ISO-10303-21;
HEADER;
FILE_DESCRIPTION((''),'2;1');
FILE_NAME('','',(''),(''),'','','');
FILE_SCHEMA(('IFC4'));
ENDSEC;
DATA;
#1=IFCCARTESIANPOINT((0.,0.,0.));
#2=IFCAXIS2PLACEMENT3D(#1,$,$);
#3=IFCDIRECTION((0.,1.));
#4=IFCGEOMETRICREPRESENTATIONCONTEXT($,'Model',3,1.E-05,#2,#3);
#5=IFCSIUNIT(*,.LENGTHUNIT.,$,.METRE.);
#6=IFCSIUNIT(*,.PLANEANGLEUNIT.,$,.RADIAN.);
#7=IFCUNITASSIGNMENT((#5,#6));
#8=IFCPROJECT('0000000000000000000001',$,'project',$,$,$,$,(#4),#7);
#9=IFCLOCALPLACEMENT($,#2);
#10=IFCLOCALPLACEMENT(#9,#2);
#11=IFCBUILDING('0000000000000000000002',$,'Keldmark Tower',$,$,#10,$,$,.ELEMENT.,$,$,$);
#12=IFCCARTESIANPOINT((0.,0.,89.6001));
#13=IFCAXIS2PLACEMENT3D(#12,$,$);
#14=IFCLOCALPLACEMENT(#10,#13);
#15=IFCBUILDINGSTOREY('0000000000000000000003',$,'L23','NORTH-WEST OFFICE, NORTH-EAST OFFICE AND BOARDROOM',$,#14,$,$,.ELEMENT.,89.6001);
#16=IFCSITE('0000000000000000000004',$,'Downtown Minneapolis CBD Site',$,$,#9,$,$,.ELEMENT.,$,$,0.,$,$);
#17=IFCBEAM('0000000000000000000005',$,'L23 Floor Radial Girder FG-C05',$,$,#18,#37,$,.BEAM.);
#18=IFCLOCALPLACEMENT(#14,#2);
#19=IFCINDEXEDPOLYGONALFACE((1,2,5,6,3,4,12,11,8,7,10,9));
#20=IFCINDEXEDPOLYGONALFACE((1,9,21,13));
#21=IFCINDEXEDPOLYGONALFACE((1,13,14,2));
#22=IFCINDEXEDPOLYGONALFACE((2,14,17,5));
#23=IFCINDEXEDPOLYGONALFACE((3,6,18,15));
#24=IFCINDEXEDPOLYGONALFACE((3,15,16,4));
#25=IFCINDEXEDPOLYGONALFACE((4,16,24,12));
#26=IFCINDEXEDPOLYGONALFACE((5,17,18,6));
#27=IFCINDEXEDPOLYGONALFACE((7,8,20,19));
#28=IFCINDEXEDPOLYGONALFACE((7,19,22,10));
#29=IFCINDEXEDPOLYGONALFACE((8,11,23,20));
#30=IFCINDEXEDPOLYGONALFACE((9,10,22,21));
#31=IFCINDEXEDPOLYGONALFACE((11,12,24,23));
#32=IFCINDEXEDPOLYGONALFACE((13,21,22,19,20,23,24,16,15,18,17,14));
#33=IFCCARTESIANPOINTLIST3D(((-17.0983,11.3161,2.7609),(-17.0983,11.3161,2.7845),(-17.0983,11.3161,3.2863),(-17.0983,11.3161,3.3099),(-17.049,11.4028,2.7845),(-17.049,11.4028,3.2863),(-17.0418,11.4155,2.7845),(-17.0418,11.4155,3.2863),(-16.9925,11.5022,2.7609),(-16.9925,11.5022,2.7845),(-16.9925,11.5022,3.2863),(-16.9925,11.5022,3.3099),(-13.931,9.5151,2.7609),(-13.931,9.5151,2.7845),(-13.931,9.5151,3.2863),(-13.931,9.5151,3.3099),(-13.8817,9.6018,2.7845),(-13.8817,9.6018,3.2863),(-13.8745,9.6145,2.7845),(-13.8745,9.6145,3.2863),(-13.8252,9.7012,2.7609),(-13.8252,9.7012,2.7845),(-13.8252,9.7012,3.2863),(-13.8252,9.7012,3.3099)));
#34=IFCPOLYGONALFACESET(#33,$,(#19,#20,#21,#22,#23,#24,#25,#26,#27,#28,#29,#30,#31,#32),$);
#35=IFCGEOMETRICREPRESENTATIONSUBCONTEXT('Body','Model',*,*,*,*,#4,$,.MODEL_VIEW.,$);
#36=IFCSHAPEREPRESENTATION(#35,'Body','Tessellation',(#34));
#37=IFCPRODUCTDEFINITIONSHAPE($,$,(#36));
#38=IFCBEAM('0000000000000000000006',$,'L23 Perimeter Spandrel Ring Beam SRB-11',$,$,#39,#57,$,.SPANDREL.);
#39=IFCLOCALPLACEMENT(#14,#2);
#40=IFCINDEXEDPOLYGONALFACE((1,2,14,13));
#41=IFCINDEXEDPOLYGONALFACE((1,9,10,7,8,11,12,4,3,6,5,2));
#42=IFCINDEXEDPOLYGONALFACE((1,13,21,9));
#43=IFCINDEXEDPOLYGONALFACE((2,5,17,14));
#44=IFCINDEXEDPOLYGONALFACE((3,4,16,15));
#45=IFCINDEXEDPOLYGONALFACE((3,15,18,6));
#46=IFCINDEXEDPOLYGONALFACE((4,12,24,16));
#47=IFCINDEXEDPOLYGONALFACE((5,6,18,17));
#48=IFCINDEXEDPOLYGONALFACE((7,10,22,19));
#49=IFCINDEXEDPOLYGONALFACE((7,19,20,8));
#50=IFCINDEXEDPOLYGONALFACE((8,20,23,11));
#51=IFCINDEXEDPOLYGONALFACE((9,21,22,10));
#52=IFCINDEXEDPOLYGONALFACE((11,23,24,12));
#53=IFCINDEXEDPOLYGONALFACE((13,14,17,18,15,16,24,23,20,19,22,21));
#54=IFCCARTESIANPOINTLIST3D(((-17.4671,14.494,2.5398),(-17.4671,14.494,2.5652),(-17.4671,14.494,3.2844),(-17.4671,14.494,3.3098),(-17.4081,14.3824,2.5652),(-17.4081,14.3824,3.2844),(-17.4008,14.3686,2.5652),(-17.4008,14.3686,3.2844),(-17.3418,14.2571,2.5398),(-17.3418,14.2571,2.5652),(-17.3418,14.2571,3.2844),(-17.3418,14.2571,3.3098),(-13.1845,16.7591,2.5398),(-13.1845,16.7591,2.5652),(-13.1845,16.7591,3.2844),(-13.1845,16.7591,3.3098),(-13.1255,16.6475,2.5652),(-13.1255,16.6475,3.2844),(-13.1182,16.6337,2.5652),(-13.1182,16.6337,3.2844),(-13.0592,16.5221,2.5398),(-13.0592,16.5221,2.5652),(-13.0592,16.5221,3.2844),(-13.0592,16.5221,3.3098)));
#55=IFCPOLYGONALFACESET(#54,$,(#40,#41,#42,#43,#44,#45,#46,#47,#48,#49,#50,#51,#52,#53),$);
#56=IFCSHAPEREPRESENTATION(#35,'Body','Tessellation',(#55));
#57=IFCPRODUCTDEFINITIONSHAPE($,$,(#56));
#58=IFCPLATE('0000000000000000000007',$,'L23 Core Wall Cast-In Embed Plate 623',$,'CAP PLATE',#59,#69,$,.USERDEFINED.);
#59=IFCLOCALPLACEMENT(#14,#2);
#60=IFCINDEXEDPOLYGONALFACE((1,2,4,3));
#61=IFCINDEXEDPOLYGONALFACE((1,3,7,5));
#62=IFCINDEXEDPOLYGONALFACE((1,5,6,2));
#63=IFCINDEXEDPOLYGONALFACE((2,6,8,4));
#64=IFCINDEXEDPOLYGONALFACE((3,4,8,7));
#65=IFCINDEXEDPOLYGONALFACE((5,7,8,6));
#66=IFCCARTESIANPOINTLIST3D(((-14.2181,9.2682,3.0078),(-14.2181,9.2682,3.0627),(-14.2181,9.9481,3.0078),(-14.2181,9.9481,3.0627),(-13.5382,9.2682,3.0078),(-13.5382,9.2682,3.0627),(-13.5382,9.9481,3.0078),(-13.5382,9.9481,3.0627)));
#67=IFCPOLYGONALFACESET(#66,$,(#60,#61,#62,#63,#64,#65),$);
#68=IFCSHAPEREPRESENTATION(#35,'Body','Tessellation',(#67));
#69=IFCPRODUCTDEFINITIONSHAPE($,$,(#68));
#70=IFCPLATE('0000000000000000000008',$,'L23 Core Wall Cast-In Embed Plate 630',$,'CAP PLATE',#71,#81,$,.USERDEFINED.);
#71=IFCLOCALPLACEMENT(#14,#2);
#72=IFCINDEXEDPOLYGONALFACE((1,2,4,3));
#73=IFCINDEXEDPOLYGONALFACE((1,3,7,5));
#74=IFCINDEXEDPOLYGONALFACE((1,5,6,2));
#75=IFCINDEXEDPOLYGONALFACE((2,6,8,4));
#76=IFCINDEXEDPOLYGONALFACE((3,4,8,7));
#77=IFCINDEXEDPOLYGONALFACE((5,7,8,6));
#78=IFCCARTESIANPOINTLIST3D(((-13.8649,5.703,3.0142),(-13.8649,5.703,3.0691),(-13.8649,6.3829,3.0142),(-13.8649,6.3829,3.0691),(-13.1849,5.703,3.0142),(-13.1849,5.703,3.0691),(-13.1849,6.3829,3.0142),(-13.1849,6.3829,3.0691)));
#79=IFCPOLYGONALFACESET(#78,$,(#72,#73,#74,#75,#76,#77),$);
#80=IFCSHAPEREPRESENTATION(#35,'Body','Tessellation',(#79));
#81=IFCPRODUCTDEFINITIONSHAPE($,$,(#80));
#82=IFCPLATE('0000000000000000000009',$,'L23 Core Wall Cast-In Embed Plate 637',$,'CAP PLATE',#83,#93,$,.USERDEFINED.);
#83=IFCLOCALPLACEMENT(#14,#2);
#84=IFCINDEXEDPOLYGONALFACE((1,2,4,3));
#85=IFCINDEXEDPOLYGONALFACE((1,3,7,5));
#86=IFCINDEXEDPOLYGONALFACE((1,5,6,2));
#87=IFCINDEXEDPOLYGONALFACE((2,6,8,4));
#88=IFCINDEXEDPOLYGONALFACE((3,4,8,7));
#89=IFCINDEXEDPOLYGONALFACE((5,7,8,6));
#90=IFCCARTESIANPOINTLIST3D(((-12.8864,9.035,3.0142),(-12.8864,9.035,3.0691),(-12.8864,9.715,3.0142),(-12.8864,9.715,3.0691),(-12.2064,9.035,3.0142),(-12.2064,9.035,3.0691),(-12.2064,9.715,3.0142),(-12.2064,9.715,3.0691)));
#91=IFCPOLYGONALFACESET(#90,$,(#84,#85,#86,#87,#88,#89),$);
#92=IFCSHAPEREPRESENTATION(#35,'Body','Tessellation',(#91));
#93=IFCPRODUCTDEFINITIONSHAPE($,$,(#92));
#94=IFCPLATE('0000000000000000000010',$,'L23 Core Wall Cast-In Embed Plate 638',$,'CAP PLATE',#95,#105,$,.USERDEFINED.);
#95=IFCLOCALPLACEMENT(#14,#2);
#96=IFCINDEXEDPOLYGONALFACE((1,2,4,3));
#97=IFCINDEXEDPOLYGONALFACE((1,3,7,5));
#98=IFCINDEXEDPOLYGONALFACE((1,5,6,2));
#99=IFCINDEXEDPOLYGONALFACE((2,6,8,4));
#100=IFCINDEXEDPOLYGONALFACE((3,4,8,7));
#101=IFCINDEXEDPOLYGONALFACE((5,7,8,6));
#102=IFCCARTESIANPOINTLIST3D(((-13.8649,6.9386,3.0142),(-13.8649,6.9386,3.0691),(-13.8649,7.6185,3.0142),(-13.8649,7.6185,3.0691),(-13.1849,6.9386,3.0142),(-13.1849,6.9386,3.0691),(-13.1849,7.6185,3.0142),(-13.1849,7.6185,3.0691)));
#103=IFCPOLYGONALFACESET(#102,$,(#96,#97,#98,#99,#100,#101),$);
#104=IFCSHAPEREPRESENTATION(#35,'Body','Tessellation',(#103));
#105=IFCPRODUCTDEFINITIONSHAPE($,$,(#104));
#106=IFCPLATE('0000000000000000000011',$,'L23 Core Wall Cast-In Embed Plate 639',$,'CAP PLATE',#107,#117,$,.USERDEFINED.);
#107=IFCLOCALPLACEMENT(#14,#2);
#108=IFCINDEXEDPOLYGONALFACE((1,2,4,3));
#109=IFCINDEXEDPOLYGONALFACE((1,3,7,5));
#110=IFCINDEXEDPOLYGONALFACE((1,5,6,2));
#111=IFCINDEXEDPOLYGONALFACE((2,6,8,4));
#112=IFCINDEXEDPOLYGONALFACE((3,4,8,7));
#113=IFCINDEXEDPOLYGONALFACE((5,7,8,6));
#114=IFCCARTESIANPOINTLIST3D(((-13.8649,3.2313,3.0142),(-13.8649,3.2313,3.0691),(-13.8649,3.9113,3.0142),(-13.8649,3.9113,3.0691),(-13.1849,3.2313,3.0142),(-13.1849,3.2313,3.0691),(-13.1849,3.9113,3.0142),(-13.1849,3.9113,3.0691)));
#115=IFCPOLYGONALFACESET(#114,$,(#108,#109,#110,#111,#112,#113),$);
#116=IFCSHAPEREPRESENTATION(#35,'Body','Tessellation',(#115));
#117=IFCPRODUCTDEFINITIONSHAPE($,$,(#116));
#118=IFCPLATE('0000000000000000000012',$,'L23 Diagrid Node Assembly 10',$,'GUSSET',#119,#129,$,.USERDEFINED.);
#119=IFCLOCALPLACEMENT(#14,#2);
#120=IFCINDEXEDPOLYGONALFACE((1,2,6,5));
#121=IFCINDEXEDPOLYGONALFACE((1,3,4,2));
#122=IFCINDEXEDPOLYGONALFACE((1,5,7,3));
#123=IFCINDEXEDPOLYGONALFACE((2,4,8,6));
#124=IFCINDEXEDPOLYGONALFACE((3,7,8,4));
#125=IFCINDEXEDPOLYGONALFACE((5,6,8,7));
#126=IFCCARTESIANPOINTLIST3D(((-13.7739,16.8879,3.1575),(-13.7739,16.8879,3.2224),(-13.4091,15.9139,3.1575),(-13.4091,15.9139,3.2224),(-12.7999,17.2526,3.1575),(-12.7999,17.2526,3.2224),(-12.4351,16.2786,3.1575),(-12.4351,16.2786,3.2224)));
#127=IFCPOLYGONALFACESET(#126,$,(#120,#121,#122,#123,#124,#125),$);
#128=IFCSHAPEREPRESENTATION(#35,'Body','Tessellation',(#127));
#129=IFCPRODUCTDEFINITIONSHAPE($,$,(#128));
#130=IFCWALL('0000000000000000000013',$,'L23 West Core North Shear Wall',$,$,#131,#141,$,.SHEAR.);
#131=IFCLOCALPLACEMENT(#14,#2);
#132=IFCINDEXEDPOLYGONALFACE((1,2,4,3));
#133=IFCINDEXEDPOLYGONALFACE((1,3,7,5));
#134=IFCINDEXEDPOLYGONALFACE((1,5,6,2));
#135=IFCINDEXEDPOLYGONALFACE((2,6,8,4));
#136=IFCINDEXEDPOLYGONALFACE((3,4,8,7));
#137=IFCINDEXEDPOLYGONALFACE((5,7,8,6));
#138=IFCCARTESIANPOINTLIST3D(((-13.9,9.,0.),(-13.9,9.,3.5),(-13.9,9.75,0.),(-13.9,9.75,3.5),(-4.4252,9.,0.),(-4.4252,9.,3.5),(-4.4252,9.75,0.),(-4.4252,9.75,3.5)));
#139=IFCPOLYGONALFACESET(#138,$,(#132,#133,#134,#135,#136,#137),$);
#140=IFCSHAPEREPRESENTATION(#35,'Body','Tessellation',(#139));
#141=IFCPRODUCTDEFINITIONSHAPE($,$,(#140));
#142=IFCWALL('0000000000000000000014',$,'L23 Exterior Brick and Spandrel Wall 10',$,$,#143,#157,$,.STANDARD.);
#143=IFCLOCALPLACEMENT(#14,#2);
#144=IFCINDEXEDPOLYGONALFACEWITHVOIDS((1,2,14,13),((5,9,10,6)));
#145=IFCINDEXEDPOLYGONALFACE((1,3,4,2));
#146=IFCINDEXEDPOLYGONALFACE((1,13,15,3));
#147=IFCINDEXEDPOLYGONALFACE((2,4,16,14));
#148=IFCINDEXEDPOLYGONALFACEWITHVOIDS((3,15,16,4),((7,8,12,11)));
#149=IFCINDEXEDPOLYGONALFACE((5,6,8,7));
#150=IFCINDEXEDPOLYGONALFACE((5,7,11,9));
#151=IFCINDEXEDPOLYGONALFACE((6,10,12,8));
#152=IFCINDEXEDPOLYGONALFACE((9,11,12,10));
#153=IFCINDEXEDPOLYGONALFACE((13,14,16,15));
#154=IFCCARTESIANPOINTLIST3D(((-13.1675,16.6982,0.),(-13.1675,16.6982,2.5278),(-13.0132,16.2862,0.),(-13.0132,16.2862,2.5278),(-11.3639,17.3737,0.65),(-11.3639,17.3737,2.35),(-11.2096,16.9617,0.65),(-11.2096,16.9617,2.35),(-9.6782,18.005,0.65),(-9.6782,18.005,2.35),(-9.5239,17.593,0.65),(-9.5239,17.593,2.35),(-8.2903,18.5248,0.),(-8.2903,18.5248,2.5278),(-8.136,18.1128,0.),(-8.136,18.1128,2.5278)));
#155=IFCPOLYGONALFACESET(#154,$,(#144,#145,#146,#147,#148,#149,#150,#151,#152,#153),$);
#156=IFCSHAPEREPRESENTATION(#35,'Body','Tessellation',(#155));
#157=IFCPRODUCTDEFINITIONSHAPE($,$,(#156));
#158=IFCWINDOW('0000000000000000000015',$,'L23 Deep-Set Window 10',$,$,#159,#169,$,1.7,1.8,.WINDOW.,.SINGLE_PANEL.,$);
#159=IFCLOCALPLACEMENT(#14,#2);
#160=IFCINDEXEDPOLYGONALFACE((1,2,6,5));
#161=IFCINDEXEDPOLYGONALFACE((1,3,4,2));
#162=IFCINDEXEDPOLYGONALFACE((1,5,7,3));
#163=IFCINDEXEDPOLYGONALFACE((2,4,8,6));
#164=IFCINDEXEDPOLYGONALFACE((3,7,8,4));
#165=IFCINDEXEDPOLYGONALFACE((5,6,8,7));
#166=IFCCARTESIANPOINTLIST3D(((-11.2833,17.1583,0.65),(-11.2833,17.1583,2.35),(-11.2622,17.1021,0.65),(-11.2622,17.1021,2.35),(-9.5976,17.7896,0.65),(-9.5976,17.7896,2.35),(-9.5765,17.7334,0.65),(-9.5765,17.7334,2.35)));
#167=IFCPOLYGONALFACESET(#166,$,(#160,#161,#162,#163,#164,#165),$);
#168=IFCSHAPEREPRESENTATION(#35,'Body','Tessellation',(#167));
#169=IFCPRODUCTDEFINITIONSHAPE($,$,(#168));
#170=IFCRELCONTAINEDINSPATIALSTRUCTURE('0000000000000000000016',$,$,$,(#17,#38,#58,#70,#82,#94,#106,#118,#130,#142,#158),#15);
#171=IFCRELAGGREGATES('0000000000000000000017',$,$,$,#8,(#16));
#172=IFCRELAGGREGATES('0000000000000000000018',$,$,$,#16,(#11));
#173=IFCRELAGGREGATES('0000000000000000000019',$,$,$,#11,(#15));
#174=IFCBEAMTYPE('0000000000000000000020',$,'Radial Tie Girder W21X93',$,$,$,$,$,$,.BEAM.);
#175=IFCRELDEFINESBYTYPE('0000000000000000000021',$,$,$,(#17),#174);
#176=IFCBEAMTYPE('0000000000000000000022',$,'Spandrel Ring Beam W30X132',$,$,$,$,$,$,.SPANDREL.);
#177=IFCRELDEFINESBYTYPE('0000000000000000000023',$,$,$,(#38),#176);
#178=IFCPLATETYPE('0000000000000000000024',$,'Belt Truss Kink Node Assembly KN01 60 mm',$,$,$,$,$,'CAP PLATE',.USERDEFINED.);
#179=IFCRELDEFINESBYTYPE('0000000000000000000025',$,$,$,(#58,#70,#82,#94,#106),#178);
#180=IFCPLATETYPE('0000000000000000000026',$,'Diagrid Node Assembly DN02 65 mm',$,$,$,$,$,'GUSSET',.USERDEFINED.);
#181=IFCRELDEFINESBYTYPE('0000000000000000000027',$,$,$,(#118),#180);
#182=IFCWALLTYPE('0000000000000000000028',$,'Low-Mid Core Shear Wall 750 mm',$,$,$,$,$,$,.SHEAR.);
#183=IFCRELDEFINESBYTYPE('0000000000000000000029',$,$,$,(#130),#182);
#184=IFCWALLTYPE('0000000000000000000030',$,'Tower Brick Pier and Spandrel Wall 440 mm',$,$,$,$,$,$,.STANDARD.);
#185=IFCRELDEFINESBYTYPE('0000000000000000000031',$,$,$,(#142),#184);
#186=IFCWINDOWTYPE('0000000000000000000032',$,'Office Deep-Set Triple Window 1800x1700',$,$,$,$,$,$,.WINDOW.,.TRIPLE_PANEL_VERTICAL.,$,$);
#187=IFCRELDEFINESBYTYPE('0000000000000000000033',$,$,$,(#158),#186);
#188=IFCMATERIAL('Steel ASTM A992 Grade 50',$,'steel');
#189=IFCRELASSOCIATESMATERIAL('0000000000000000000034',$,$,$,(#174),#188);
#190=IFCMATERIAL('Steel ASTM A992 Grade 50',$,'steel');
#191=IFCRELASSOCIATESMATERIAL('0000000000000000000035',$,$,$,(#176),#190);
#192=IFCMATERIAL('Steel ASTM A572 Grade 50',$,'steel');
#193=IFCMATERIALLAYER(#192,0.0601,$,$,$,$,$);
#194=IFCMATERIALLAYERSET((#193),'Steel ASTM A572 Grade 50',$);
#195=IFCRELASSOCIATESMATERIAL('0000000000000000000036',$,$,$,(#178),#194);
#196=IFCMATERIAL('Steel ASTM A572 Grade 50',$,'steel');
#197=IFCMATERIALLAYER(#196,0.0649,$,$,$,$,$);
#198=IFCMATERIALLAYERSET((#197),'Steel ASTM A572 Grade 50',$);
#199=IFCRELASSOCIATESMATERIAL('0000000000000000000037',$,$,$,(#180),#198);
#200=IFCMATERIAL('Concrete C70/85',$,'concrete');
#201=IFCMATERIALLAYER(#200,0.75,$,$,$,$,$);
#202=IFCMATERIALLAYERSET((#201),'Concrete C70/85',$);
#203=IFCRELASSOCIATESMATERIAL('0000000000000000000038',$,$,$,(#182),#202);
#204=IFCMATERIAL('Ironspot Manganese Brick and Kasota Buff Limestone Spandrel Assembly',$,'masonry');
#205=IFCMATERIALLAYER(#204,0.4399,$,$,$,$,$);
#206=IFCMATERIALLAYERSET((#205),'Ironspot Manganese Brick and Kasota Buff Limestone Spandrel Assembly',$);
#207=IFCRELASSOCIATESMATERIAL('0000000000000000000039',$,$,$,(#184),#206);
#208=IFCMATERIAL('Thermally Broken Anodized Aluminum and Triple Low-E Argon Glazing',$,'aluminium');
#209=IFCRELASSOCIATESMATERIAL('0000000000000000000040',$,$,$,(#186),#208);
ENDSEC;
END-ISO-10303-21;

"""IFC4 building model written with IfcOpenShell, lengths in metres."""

from ifc_helpers import new_model, si_unit, direction, frame, frame_2d, origin, origin_2d, place, context, subcontext, project, spatial, rectangle, i_section, extrude, material, layer, layer_set, material_profile, profile_set, type_object, element, fill, save


model = new_model("IFC4")

# Units and contexts
model_context = context("Model", 3, precision=1e-05, world=origin(), true_north=direction((0.0, 1.0)))
body_context = subcontext(model_context, "Body", "Model", "MODEL_VIEW")
ifc_project = project(units=[si_unit("LENGTHUNIT", "METRE"), si_unit("PLANEANGLEUNIT", "RADIAN")], contexts=[model_context])

# Site, building, storey
site_placement = place(None, origin())
site = spatial("IfcSite", under=ifc_project, at=site_placement, Name="Downtown Minneapolis CBD Site", CompositionType="ELEMENT", RefElevation=0.0)
building_placement = place(site_placement, origin())
building = spatial("IfcBuilding", under=site, at=building_placement, Name="Keldmark Tower", CompositionType="ELEMENT")
storey_placement = place(building_placement, frame((0.0, 0.0, 89.6001)))
storey = spatial("IfcBuildingStorey", under=building, at=storey_placement, Name="L23", Description="NORTH-WEST OFFICE, NORTH-EAST OFFICE AND BOARDROOM", CompositionType="ELEMENT", Elevation=89.6001)

# Beams
ifc_material_1 = material(Name="Steel ASTM A992 Grade 50", Category="steel")
ifc_material_profile_1 = material_profile(ifc_material_1, i_section(OverallWidth=0.2141, OverallDepth=0.5491, WebThickness=0.0146, FlangeThickness=0.0237, at=origin_2d()), Name="W21X93")
ifc_profile_set_1 = profile_set([ifc_material_profile_1], Name="Steel ASTM A992 Grade 50")
beam_type_1 = type_object("IfcBeamType", Name="Radial Tie Girder W21X93", PredefinedType="BEAM", material=ifc_profile_set_1)
beam_1_placement = place(storey_placement, frame((-17.0454, 11.4092, 3.0354), z_axis=(0.869284, -0.494312, 0.0), x_axis=(0.494312, 0.869284, 0.0)))
element("IfcBeam", 1, at=beam_1_placement, inside=storey, type_object=beam_type_1, Name="L23 Floor Radial Girder FG-C05", PredefinedType="BEAM", context=body_context, shape_type="SweptSolid", body=[
    extrude(i_section(OverallWidth=0.2141, OverallDepth=0.5491, WebThickness=0.0146, FlangeThickness=0.0237, at=origin_2d()), origin(), (0.0, 0.0, 1.0), 3.6436),
])
ifc_material_2 = material(Name="Steel ASTM A992 Grade 50", Category="steel")
ifc_material_profile_2 = material_profile(ifc_material_2, i_section(OverallWidth=0.2681, OverallDepth=0.77, WebThickness=0.0156, FlangeThickness=0.0254, at=origin_2d()), Name="W30X132")
ifc_profile_set_2 = profile_set([ifc_material_profile_2], Name="Steel ASTM A992 Grade 50")
beam_type_2 = type_object("IfcBeamType", Name="Spandrel Ring Beam W30X132", PredefinedType="SPANDREL", material=ifc_profile_set_2)
beam_2_placement = place(storey_placement, frame((-13.1218, 16.6406, 2.9248), z_axis=(-0.883974, -0.467536, 0.0), x_axis=(0.467536, -0.883974, 0.0)))
element("IfcBeam", 2, at=beam_2_placement, inside=storey, type_object=beam_type_2, Name="L23 Perimeter Spandrel Ring Beam SRB-11", PredefinedType="SPANDREL", context=body_context, shape_type="SweptSolid", body=[
    extrude(i_section(OverallWidth=0.2681, OverallDepth=0.77, WebThickness=0.0156, FlangeThickness=0.0254, at=origin_2d()), origin(), (0.0, 0.0, 1.0), 4.8447),
])

# Plates
ifc_material_3 = material(Name="Steel ASTM A572 Grade 50", Category="steel")
ifc_layer_1 = layer(ifc_material_3, 0.0601)
ifc_layer_set_1 = layer_set([ifc_layer_1], Name="Steel ASTM A572 Grade 50")
plate_type_1 = type_object("IfcPlateType", Name="Belt Truss Kink Node Assembly KN01 60 mm", ElementType="CAP PLATE", PredefinedType="USERDEFINED", material=ifc_layer_set_1)
for number, where, z_axis, x_axis, name in (
    (3, (-13.8782, 9.6082, 3.0078), (0.0, 0.0, 1.0), (1.0, 0.0, 0.0), "L23 Core Wall Cast-In Embed Plate 623"),
    (4, (-13.5249, 6.043, 3.0142), (0.0, 0.0, 1.0), (1.0, 0.0, 0.0), "L23 Core Wall Cast-In Embed Plate 630"),
    (5, (-12.5464, 9.375, 3.0142), (0.0, 0.0, 1.0), (1.0, 0.0, 0.0), "L23 Core Wall Cast-In Embed Plate 637"),
    (6, (-13.5249, 7.2786, 3.0142), (0.0, 0.0, 1.0), (1.0, 0.0, 0.0), "L23 Core Wall Cast-In Embed Plate 638"),
    (7, (-13.5249, 3.5713, 3.0142), (0.0, 0.0, 1.0), (1.0, 0.0, 0.0), "L23 Core Wall Cast-In Embed Plate 639"),
):
    element("IfcPlate", number, at=place(storey_placement, frame(where, z_axis=z_axis, x_axis=x_axis)), inside=storey, type_object=plate_type_1, Name=name, ObjectType="CAP PLATE", PredefinedType="USERDEFINED", context=body_context, shape_type="SweptSolid", body=[
        extrude(rectangle(XDim=0.6799, YDim=0.6799, at=origin_2d()), origin(), (0.0, 0.0, 1.0), 0.0549),
    ])
ifc_material_4 = material(Name="Steel ASTM A572 Grade 50", Category="steel")
ifc_layer_2 = layer(ifc_material_4, 0.0649)
ifc_layer_set_2 = layer_set([ifc_layer_2], Name="Steel ASTM A572 Grade 50")
plate_type_2 = type_object("IfcPlateType", Name="Diagrid Node Assembly DN02 65 mm", ElementType="GUSSET", PredefinedType="USERDEFINED", material=ifc_layer_set_2)
plate_placement = place(storey_placement, frame((-13.1045, 16.5833, 3.1575), z_axis=(0.0, 0.0, 1.0), x_axis=(-0.936489, -0.350698, 0.0)))
element("IfcPlate", 8, at=plate_placement, inside=storey, type_object=plate_type_2, Name="L23 Diagrid Node Assembly 10", ObjectType="GUSSET", PredefinedType="USERDEFINED", context=body_context, shape_type="SweptSolid", body=[
    extrude(rectangle(XDim=1.04, YDim=1.04, at=origin_2d()), origin(), (0.0, 0.0, 1.0), 0.0649),
])

# Wall
ifc_material_5 = material(Name="Concrete C70/85", Category="concrete")
ifc_layer_3 = layer(ifc_material_5, 0.75)
ifc_layer_set_3 = layer_set([ifc_layer_3], Name="Concrete C70/85")
wall_type_1 = type_object("IfcWallType", Name="Low-Mid Core Shear Wall 750 mm", PredefinedType="SHEAR", material=ifc_layer_set_3)
wall_1_placement = place(storey_placement, frame((-13.8999, 9.375, 0.0), z_axis=(0.0, 0.0, 1.0), x_axis=(1.0, 0.0, 0.0)))
element("IfcWall", 9, at=wall_1_placement, inside=storey, type_object=wall_type_1, Name="L23 West Core North Shear Wall", PredefinedType="SHEAR", context=body_context, shape_type="SweptSolid", body=[
    extrude(rectangle(XDim=9.4749, YDim=0.75, at=frame_2d((4.7373, 0.0))), origin(), (0.0, 0.0, 1.0), 3.5),
])

# Wall, opening, window
ifc_material_6 = material(Name="Ironspot Manganese Brick and Kasota Buff Limestone Spandrel Assembly", Category="masonry")
ifc_layer_4 = layer(ifc_material_6, 0.4399)
ifc_layer_set_4 = layer_set([ifc_layer_4], Name="Ironspot Manganese Brick and Kasota Buff Limestone Spandrel Assembly")
wall_type_2 = type_object("IfcWallType", Name="Tower Brick Pier and Spandrel Wall 440 mm", PredefinedType="STANDARD", material=ifc_layer_set_4)
wall_2_placement = place(storey_placement, frame((-13.0903, 16.4922, 0.0), z_axis=(0.0, 0.0, 1.0), x_axis=(0.936474, 0.350738, 0.0)))
wall_2 = element("IfcWall", 10, at=wall_2_placement, inside=storey, type_object=wall_type_2, Name="L23 Exterior Brick and Spandrel Wall 10", PredefinedType="STANDARD", context=body_context, shape_type="SweptSolid", body=[
    extrude(rectangle(XDim=5.208, YDim=0.4399, at=frame_2d((2.604, 0.0))), origin(), (0.0, 0.0, 1.0), 2.5278),
])
opening_1_placement = place(wall_2_placement, frame((1.926, 0.0, 0.6499)))
opening_1 = element("IfcOpeningElement", 11, at=opening_1_placement, cuts=wall_2, PredefinedType="OPENING", context=body_context, shape_type="SweptSolid", body=[
    extrude(rectangle(XDim=1.8, YDim=1.7, at=frame_2d((0.8999, 0.8501))), frame((0.0, 0.23, 0.0), z_axis=(0.0, -1.0, 0.0), x_axis=(1.0, 0.0, 0.0)), (0.0, 0.0, 1.0), 0.46),
])
ifc_material_7 = material(Name="Thermally Broken Anodized Aluminum and Triple Low-E Argon Glazing", Category="aluminium")
window_type = type_object("IfcWindowType", Name="Office Deep-Set Triple Window 1800x1700", PartitioningType="TRIPLE_PANEL_VERTICAL", PredefinedType="WINDOW", material=ifc_material_7)
window_1_placement = place(opening_1_placement, origin())
window_1 = element("IfcWindow", 12, at=window_1_placement, inside=storey, type_object=window_type, Name="L23 Deep-Set Window 10", OverallHeight=1.7, OverallWidth=1.8, PartitioningType="SINGLE_PANEL", PredefinedType="WINDOW", context=body_context, shape_type="SweptSolid", body=[
    extrude(rectangle(XDim=1.8, YDim=1.7, at=frame_2d((0.8999, 0.8501))), frame((0.0, -0.01, 0.0), z_axis=(0.0, -1.0, 0.0), x_axis=(1.0, 0.0, 0.0)), (0.0, 0.0, 1.0), 0.0601),
])
fill(opening_1, window_1)

save(model, "model.ifc")
